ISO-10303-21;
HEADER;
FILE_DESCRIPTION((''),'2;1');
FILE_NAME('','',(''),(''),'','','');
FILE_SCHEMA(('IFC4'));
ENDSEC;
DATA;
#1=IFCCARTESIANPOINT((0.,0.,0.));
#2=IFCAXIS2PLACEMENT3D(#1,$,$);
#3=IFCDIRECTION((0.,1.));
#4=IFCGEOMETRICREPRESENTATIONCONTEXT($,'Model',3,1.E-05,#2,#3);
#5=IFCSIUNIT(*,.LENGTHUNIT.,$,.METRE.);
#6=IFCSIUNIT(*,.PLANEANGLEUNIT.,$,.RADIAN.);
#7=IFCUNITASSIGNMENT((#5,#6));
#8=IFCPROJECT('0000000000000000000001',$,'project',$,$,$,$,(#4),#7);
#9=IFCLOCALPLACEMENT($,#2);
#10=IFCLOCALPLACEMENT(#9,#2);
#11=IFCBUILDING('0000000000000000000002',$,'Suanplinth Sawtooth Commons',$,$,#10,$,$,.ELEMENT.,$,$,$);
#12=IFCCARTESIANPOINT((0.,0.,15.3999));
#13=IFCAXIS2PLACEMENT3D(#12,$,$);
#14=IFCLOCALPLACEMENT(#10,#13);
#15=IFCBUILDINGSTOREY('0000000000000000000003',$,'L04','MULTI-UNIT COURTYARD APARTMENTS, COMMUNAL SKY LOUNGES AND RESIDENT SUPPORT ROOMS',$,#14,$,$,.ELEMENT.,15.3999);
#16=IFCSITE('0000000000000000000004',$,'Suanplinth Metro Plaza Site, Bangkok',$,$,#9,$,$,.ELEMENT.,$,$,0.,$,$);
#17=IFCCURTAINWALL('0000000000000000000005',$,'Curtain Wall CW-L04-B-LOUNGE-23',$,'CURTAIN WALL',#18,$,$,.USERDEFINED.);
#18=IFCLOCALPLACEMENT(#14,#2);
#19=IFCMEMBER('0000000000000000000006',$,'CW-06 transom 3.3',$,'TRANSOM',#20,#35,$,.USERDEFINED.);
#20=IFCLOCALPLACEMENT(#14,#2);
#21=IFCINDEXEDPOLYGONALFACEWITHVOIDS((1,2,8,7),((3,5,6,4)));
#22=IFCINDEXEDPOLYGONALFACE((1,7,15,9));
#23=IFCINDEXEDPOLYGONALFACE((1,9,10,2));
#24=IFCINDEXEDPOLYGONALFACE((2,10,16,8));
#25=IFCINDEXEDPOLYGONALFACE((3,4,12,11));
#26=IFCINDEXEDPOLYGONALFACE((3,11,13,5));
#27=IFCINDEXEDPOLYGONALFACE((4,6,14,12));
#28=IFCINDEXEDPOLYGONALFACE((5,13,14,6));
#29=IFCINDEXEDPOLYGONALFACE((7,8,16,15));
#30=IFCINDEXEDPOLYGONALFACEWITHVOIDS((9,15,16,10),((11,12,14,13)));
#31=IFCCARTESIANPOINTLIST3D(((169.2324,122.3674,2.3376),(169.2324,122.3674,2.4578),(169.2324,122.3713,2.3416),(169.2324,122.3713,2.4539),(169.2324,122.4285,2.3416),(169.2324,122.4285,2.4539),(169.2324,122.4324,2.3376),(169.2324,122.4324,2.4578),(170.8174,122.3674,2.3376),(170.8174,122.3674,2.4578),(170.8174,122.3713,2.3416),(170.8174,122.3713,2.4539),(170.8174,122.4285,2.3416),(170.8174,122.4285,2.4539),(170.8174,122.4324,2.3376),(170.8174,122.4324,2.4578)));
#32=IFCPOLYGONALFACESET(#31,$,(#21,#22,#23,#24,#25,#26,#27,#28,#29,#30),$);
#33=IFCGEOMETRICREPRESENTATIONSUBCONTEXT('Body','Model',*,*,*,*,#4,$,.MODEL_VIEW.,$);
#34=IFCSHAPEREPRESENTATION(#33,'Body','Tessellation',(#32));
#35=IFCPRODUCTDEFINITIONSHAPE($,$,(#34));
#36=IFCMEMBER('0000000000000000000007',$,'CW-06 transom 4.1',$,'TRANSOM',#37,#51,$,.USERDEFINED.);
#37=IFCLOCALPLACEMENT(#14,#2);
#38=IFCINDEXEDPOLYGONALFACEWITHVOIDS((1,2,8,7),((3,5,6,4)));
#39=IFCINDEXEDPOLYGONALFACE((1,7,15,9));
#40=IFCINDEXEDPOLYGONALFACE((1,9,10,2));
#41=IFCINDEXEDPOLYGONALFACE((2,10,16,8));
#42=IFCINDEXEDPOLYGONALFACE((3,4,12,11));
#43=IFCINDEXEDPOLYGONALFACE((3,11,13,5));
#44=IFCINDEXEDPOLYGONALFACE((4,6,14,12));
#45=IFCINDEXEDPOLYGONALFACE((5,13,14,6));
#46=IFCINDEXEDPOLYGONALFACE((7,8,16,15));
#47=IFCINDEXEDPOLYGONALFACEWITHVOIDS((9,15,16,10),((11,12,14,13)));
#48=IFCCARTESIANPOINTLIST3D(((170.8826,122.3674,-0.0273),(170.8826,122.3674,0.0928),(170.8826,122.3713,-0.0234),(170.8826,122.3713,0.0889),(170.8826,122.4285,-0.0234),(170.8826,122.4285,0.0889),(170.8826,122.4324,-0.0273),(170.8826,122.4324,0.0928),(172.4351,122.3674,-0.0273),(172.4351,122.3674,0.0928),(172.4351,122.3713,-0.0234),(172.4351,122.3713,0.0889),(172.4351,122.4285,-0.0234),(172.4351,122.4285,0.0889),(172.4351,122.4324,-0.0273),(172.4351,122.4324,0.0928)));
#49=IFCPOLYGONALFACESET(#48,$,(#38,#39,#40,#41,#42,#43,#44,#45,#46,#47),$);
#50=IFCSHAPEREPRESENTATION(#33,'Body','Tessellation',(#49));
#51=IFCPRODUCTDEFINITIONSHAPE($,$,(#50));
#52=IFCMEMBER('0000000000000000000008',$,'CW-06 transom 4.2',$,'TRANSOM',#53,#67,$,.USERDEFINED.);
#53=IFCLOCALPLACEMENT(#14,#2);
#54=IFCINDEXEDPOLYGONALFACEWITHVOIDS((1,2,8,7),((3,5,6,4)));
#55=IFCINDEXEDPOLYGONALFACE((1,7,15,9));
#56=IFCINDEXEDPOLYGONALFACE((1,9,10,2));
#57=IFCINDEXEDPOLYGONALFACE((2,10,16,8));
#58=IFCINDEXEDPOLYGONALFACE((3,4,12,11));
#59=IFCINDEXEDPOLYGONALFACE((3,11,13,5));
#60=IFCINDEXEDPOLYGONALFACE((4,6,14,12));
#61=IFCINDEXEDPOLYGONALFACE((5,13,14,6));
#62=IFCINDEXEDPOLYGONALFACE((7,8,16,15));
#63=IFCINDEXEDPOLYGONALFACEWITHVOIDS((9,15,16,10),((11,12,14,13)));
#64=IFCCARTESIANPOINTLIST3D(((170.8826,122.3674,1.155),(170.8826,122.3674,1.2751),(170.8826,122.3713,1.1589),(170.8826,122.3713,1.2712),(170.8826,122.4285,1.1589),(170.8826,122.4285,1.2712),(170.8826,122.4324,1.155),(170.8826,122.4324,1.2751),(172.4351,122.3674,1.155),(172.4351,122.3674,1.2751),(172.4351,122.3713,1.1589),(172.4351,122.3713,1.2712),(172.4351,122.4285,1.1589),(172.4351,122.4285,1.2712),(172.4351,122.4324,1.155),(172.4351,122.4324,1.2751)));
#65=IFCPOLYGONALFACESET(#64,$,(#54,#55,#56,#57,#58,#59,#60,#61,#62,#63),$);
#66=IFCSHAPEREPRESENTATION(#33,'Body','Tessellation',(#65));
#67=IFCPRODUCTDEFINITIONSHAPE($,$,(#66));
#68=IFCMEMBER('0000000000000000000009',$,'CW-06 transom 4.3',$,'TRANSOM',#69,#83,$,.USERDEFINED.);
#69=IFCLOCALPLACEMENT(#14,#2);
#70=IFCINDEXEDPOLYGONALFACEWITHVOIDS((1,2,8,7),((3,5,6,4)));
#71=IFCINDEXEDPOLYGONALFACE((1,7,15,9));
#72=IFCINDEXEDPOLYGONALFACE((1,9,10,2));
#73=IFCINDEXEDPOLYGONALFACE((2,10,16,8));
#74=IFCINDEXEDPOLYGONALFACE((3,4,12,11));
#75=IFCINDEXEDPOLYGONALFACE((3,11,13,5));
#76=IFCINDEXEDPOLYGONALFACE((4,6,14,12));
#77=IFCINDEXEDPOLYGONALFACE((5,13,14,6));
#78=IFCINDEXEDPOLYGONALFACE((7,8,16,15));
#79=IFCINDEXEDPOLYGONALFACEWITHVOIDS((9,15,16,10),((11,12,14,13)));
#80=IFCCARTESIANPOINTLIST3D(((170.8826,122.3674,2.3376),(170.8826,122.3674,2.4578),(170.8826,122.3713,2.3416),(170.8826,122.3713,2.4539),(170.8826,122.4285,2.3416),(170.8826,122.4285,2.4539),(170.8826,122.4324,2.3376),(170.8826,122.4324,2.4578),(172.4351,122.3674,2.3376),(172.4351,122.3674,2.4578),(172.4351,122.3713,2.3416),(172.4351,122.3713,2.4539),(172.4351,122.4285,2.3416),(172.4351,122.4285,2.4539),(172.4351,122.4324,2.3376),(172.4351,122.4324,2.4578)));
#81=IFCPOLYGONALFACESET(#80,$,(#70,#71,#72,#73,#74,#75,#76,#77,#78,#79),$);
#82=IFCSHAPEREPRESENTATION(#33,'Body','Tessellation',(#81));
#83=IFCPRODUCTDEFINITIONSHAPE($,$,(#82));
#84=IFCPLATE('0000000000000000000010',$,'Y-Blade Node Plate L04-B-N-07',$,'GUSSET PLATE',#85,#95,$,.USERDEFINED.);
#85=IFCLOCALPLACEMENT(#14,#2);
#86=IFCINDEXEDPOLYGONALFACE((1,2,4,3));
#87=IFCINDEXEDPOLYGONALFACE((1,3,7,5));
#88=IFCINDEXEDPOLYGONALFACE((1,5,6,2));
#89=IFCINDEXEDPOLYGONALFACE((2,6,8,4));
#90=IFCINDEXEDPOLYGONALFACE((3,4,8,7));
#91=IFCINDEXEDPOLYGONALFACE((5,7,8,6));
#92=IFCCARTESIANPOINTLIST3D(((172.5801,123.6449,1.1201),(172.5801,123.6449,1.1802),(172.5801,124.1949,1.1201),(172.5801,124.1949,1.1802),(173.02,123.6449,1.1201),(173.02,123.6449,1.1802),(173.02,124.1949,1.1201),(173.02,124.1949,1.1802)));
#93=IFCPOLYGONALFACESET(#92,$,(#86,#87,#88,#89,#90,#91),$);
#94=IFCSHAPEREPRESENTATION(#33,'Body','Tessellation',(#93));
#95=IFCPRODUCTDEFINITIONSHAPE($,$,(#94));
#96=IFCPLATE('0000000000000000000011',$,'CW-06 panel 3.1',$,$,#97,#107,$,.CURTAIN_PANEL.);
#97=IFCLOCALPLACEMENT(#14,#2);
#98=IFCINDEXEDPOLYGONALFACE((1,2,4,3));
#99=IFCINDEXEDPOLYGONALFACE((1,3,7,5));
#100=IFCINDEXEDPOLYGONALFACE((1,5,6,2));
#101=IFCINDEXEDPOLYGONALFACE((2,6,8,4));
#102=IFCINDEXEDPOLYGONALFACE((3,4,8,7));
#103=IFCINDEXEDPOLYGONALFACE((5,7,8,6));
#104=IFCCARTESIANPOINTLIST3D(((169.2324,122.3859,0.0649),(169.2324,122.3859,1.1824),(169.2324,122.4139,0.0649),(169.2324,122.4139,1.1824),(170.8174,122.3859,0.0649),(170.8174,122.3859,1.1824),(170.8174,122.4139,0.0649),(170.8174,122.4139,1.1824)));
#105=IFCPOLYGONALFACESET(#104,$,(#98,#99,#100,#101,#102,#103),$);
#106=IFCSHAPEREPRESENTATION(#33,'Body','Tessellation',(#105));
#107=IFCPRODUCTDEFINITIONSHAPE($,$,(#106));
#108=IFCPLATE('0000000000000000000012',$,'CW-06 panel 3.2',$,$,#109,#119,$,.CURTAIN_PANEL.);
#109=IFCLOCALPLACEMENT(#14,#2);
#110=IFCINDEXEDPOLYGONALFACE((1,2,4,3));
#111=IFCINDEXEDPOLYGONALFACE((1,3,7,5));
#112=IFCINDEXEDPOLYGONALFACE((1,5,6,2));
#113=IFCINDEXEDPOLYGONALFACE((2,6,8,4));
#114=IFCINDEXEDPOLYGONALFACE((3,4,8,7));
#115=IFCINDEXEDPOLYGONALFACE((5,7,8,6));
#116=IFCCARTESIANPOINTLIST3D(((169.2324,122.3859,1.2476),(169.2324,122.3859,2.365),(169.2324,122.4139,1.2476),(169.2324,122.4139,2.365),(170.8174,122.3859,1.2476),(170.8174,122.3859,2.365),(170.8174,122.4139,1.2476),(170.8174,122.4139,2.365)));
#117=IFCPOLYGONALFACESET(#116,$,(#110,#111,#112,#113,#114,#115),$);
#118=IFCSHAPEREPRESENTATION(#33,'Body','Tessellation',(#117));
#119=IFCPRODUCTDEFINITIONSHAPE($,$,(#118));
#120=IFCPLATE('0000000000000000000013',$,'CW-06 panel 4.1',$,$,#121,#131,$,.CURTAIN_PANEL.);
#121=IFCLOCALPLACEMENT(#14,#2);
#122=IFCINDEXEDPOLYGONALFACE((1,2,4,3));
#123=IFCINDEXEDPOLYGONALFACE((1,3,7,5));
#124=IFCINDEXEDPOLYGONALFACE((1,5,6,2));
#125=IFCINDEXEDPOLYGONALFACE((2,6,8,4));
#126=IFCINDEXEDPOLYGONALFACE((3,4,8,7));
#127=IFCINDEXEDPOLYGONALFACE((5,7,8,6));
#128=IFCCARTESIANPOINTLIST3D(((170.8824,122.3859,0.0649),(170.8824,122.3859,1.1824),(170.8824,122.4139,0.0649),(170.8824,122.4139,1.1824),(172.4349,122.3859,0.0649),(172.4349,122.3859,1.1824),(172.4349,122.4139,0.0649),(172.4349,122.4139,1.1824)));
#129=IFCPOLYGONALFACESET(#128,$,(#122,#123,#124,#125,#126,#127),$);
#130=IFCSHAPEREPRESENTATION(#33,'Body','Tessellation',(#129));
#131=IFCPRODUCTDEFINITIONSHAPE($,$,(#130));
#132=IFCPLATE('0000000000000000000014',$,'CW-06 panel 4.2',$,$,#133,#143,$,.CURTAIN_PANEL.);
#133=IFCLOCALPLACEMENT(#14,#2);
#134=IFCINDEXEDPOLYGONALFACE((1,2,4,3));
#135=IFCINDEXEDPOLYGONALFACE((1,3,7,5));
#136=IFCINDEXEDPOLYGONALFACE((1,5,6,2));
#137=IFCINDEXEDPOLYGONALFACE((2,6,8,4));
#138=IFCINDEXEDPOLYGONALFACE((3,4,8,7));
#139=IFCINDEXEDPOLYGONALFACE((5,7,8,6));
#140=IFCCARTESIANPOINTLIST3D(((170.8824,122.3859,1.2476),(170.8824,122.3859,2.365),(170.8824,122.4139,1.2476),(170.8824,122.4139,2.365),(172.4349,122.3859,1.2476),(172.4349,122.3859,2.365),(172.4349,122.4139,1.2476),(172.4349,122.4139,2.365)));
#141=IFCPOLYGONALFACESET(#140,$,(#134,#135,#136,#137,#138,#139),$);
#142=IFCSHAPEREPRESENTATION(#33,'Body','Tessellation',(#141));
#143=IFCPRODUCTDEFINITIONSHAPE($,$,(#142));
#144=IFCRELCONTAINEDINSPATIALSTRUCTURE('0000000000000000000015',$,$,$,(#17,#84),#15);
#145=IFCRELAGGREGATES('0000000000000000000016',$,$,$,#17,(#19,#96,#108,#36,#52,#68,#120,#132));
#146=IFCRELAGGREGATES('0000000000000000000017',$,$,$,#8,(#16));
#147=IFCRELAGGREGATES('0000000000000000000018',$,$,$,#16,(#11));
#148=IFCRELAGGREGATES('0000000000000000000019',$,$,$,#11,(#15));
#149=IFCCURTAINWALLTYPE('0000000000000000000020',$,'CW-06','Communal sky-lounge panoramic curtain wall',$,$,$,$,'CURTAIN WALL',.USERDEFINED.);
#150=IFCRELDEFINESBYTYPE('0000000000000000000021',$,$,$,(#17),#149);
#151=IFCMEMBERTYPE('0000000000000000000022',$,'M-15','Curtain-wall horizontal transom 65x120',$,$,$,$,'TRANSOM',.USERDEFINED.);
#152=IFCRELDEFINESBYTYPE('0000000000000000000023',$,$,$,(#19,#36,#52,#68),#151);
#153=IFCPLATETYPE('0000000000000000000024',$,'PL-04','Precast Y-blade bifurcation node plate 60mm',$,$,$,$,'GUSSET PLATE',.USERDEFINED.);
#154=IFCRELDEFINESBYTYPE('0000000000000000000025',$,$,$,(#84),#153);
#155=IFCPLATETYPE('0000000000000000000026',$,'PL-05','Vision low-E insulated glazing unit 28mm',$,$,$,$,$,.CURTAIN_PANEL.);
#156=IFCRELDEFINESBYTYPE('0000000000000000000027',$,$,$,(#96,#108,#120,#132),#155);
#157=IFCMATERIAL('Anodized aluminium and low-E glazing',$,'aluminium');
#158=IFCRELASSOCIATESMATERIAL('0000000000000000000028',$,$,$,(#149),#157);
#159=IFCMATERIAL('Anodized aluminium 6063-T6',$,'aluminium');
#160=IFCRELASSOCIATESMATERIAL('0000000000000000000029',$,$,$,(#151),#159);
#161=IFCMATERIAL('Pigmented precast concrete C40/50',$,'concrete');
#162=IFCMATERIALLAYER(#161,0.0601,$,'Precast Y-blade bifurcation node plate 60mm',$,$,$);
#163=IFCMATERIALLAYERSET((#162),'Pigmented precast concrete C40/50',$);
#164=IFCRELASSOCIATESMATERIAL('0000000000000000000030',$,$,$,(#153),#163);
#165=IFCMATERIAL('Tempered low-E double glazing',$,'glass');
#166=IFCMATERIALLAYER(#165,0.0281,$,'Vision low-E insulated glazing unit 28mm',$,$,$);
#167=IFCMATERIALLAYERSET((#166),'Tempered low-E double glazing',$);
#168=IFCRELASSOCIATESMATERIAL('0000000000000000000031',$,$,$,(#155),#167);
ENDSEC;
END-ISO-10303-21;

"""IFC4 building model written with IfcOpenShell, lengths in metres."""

from ifc_helpers import new_model, si_unit, direction, frame, origin, origin_2d, place, context, subcontext, project, spatial, rectangle, hollow_rectangle, extrude, material, layer, layer_set, material_profile, profile_set, type_object, element, aggregate, save


model = new_model("IFC4")

# Units and contexts
model_context = context("Model", 3, precision=1e-05, world=origin(), true_north=direction((0.0, 1.0)))
body_context = subcontext(model_context, "Body", "Model", "MODEL_VIEW")
ifc_project = project(units=[si_unit("LENGTHUNIT", "METRE"), si_unit("PLANEANGLEUNIT", "RADIAN")], contexts=[model_context])

# Site, building, storey
site_placement = place(None, origin())
site = spatial("IfcSite", under=ifc_project, at=site_placement, Name="Suanplinth Metro Plaza Site, Bangkok", CompositionType="ELEMENT", RefElevation=0.0)
building_placement = place(site_placement, origin())
building = spatial("IfcBuilding", under=site, at=building_placement, Name="Suanplinth Sawtooth Commons", CompositionType="ELEMENT")
storey_placement = place(building_placement, frame((0.0, 0.0, 15.3999)))
storey = spatial("IfcBuildingStorey", under=building, at=storey_placement, Name="L04", Description="MULTI-UNIT COURTYARD APARTMENTS, COMMUNAL SKY LOUNGES AND RESIDENT SUPPORT ROOMS", CompositionType="ELEMENT", Elevation=15.3999)

# Shared definitions
ifc_material_1 = material(Name="Pigmented precast concrete C40/50", Category="concrete")

# Curtain wall, members
ifc_material_2 = material(Name="Anodized aluminium and low-E glazing", Category="aluminium")
curtain_wall_type = type_object("IfcCurtainWallType", Name="CW-06", Description="Communal sky-lounge panoramic curtain wall", ElementType="CURTAIN WALL", PredefinedType="USERDEFINED", material=ifc_material_2)
curtain_wall_placement = place(storey_placement, origin())
curtain_wall = element("IfcCurtainWall", 1, at=curtain_wall_placement, inside=storey, type_object=curtain_wall_type, Name="Curtain Wall CW-L04-B-LOUNGE-23", ObjectType="CURTAIN WALL", PredefinedType="USERDEFINED")
ifc_material_3 = material(Name="Anodized aluminium 6063-T6", Category="aluminium")
ifc_material_profile_1 = material_profile(ifc_material_3, hollow_rectangle(XDim=0.0649, YDim=0.1201, WallThickness=0.0039, at=origin_2d()), Name="ALU-TRN 65x120")
ifc_profile_set_1 = profile_set([ifc_material_profile_1], Name="Anodized aluminium 6063-T6")
member_type_1 = type_object("IfcMemberType", Name="M-15", Description="Curtain-wall horizontal transom 65x120", ElementType="TRANSOM", PredefinedType="USERDEFINED", material=ifc_profile_set_1)
member_1_placement = place(storey_placement, frame((169.2324, 122.3999, 2.3977), z_axis=(1.0, 0.0, 0.0), x_axis=(0.0, 1.0, 0.0)))
member_1 = element("IfcMember", 2, at=member_1_placement, type_object=member_type_1, Name="CW-06 transom 3.3", ObjectType="TRANSOM", PredefinedType="USERDEFINED", context=body_context, shape_type="SweptSolid", body=[
    extrude(hollow_rectangle(XDim=0.0649, YDim=0.1201, WallThickness=0.0039, at=origin_2d()), origin(), (0.0, 0.0, 1.0), 1.585),
])
member_2_placement = place(storey_placement, frame((170.8826, 122.3999, 0.0327), z_axis=(1.0, 0.0, 0.0), x_axis=(0.0, 1.0, 0.0)))
member_2 = element("IfcMember", 3, at=member_2_placement, type_object=member_type_1, Name="CW-06 transom 4.1", ObjectType="TRANSOM", PredefinedType="USERDEFINED", context=body_context, shape_type="SweptSolid", body=[
    extrude(hollow_rectangle(XDim=0.0649, YDim=0.1201, WallThickness=0.0039, at=origin_2d()), origin(), (0.0, 0.0, 1.0), 1.5525),
])
member_3_placement = place(storey_placement, frame((170.8826, 122.3999, 1.2151), z_axis=(1.0, 0.0, 0.0), x_axis=(0.0, 1.0, 0.0)))
member_3 = element("IfcMember", 4, at=member_3_placement, type_object=member_type_1, Name="CW-06 transom 4.2", ObjectType="TRANSOM", PredefinedType="USERDEFINED", context=body_context, shape_type="SweptSolid", body=[
    extrude(hollow_rectangle(XDim=0.0649, YDim=0.1201, WallThickness=0.0039, at=origin_2d()), origin(), (0.0, 0.0, 1.0), 1.5525),
])
member_4_placement = place(storey_placement, frame((170.8826, 122.3999, 2.3977), z_axis=(1.0, 0.0, 0.0), x_axis=(0.0, 1.0, 0.0)))
member_4 = element("IfcMember", 5, at=member_4_placement, type_object=member_type_1, Name="CW-06 transom 4.3", ObjectType="TRANSOM", PredefinedType="USERDEFINED", context=body_context, shape_type="SweptSolid", body=[
    extrude(hollow_rectangle(XDim=0.0649, YDim=0.1201, WallThickness=0.0039, at=origin_2d()), origin(), (0.0, 0.0, 1.0), 1.5525),
])

# Plates
ifc_layer_1 = layer(ifc_material_1, 0.0601, Name="Precast Y-blade bifurcation node plate 60mm")
ifc_layer_set_1 = layer_set([ifc_layer_1], Name="Pigmented precast concrete C40/50")
plate_type_1 = type_object("IfcPlateType", Name="PL-04", Description="Precast Y-blade bifurcation node plate 60mm", ElementType="GUSSET PLATE", PredefinedType="USERDEFINED", material=ifc_layer_set_1)
plate_1_placement = place(storey_placement, frame((172.8, 123.9199, 1.1201), z_axis=(0.0, 0.0, 1.0), x_axis=(1.0, 0.0, 0.0)))
element("IfcPlate", 6, at=plate_1_placement, inside=storey, type_object=plate_type_1, Name="Y-Blade Node Plate L04-B-N-07", ObjectType="GUSSET PLATE", PredefinedType="USERDEFINED", context=body_context, shape_type="SweptSolid", body=[
    extrude(rectangle(XDim=0.4399, YDim=0.55, at=origin_2d()), origin(), (0.0, 0.0, 1.0), 0.0601),
])
ifc_material_4 = material(Name="Tempered low-E double glazing", Category="glass")
ifc_layer_2 = layer(ifc_material_4, 0.0281, Name="Vision low-E insulated glazing unit 28mm")
ifc_layer_set_2 = layer_set([ifc_layer_2], Name="Tempered low-E double glazing")
plate_type_2 = type_object("IfcPlateType", Name="PL-05", Description="Vision low-E insulated glazing unit 28mm", PredefinedType="CURTAIN_PANEL", material=ifc_layer_set_2)
plate_2_placement = place(storey_placement, frame((170.0249, 122.3999, 0.0649), z_axis=(0.0, 0.0, 1.0), x_axis=(1.0, 0.0, 0.0)))
plate_2 = element("IfcPlate", 7, at=plate_2_placement, type_object=plate_type_2, Name="CW-06 panel 3.1", PredefinedType="CURTAIN_PANEL", context=body_context, shape_type="SweptSolid", body=[
    extrude(rectangle(XDim=1.585, YDim=0.0281, at=origin_2d()), origin(), (0.0, 0.0, 1.0), 1.1174),
])
plate_3_placement = place(storey_placement, frame((170.0249, 122.3999, 1.2476), z_axis=(0.0, 0.0, 1.0), x_axis=(1.0, 0.0, 0.0)))
plate_3 = element("IfcPlate", 8, at=plate_3_placement, type_object=plate_type_2, Name="CW-06 panel 3.2", PredefinedType="CURTAIN_PANEL", context=body_context, shape_type="SweptSolid", body=[
    extrude(rectangle(XDim=1.585, YDim=0.0281, at=origin_2d()), origin(), (0.0, 0.0, 1.0), 1.1174),
])
plate_4_placement = place(storey_placement, frame((171.6587, 122.3999, 0.0649), z_axis=(0.0, 0.0, 1.0), x_axis=(1.0, 0.0, 0.0)))
plate_4 = element("IfcPlate", 9, at=plate_4_placement, type_object=plate_type_2, Name="CW-06 panel 4.1", PredefinedType="CURTAIN_PANEL", context=body_context, shape_type="SweptSolid", body=[
    extrude(rectangle(XDim=1.5525, YDim=0.0281, at=origin_2d()), origin(), (0.0, 0.0, 1.0), 1.1174),
])
plate_5_placement = place(storey_placement, frame((171.6587, 122.3999, 1.2476), z_axis=(0.0, 0.0, 1.0), x_axis=(1.0, 0.0, 0.0)))
plate_5 = element("IfcPlate", 10, at=plate_5_placement, type_object=plate_type_2, Name="CW-06 panel 4.2", PredefinedType="CURTAIN_PANEL", context=body_context, shape_type="SweptSolid", body=[
    extrude(rectangle(XDim=1.5525, YDim=0.0281, at=origin_2d()), origin(), (0.0, 0.0, 1.0), 1.1174),
])
aggregate(curtain_wall, [member_1, plate_2, plate_3, member_2, member_3, member_4, plate_4, plate_5])

save(model, "model.ifc")
